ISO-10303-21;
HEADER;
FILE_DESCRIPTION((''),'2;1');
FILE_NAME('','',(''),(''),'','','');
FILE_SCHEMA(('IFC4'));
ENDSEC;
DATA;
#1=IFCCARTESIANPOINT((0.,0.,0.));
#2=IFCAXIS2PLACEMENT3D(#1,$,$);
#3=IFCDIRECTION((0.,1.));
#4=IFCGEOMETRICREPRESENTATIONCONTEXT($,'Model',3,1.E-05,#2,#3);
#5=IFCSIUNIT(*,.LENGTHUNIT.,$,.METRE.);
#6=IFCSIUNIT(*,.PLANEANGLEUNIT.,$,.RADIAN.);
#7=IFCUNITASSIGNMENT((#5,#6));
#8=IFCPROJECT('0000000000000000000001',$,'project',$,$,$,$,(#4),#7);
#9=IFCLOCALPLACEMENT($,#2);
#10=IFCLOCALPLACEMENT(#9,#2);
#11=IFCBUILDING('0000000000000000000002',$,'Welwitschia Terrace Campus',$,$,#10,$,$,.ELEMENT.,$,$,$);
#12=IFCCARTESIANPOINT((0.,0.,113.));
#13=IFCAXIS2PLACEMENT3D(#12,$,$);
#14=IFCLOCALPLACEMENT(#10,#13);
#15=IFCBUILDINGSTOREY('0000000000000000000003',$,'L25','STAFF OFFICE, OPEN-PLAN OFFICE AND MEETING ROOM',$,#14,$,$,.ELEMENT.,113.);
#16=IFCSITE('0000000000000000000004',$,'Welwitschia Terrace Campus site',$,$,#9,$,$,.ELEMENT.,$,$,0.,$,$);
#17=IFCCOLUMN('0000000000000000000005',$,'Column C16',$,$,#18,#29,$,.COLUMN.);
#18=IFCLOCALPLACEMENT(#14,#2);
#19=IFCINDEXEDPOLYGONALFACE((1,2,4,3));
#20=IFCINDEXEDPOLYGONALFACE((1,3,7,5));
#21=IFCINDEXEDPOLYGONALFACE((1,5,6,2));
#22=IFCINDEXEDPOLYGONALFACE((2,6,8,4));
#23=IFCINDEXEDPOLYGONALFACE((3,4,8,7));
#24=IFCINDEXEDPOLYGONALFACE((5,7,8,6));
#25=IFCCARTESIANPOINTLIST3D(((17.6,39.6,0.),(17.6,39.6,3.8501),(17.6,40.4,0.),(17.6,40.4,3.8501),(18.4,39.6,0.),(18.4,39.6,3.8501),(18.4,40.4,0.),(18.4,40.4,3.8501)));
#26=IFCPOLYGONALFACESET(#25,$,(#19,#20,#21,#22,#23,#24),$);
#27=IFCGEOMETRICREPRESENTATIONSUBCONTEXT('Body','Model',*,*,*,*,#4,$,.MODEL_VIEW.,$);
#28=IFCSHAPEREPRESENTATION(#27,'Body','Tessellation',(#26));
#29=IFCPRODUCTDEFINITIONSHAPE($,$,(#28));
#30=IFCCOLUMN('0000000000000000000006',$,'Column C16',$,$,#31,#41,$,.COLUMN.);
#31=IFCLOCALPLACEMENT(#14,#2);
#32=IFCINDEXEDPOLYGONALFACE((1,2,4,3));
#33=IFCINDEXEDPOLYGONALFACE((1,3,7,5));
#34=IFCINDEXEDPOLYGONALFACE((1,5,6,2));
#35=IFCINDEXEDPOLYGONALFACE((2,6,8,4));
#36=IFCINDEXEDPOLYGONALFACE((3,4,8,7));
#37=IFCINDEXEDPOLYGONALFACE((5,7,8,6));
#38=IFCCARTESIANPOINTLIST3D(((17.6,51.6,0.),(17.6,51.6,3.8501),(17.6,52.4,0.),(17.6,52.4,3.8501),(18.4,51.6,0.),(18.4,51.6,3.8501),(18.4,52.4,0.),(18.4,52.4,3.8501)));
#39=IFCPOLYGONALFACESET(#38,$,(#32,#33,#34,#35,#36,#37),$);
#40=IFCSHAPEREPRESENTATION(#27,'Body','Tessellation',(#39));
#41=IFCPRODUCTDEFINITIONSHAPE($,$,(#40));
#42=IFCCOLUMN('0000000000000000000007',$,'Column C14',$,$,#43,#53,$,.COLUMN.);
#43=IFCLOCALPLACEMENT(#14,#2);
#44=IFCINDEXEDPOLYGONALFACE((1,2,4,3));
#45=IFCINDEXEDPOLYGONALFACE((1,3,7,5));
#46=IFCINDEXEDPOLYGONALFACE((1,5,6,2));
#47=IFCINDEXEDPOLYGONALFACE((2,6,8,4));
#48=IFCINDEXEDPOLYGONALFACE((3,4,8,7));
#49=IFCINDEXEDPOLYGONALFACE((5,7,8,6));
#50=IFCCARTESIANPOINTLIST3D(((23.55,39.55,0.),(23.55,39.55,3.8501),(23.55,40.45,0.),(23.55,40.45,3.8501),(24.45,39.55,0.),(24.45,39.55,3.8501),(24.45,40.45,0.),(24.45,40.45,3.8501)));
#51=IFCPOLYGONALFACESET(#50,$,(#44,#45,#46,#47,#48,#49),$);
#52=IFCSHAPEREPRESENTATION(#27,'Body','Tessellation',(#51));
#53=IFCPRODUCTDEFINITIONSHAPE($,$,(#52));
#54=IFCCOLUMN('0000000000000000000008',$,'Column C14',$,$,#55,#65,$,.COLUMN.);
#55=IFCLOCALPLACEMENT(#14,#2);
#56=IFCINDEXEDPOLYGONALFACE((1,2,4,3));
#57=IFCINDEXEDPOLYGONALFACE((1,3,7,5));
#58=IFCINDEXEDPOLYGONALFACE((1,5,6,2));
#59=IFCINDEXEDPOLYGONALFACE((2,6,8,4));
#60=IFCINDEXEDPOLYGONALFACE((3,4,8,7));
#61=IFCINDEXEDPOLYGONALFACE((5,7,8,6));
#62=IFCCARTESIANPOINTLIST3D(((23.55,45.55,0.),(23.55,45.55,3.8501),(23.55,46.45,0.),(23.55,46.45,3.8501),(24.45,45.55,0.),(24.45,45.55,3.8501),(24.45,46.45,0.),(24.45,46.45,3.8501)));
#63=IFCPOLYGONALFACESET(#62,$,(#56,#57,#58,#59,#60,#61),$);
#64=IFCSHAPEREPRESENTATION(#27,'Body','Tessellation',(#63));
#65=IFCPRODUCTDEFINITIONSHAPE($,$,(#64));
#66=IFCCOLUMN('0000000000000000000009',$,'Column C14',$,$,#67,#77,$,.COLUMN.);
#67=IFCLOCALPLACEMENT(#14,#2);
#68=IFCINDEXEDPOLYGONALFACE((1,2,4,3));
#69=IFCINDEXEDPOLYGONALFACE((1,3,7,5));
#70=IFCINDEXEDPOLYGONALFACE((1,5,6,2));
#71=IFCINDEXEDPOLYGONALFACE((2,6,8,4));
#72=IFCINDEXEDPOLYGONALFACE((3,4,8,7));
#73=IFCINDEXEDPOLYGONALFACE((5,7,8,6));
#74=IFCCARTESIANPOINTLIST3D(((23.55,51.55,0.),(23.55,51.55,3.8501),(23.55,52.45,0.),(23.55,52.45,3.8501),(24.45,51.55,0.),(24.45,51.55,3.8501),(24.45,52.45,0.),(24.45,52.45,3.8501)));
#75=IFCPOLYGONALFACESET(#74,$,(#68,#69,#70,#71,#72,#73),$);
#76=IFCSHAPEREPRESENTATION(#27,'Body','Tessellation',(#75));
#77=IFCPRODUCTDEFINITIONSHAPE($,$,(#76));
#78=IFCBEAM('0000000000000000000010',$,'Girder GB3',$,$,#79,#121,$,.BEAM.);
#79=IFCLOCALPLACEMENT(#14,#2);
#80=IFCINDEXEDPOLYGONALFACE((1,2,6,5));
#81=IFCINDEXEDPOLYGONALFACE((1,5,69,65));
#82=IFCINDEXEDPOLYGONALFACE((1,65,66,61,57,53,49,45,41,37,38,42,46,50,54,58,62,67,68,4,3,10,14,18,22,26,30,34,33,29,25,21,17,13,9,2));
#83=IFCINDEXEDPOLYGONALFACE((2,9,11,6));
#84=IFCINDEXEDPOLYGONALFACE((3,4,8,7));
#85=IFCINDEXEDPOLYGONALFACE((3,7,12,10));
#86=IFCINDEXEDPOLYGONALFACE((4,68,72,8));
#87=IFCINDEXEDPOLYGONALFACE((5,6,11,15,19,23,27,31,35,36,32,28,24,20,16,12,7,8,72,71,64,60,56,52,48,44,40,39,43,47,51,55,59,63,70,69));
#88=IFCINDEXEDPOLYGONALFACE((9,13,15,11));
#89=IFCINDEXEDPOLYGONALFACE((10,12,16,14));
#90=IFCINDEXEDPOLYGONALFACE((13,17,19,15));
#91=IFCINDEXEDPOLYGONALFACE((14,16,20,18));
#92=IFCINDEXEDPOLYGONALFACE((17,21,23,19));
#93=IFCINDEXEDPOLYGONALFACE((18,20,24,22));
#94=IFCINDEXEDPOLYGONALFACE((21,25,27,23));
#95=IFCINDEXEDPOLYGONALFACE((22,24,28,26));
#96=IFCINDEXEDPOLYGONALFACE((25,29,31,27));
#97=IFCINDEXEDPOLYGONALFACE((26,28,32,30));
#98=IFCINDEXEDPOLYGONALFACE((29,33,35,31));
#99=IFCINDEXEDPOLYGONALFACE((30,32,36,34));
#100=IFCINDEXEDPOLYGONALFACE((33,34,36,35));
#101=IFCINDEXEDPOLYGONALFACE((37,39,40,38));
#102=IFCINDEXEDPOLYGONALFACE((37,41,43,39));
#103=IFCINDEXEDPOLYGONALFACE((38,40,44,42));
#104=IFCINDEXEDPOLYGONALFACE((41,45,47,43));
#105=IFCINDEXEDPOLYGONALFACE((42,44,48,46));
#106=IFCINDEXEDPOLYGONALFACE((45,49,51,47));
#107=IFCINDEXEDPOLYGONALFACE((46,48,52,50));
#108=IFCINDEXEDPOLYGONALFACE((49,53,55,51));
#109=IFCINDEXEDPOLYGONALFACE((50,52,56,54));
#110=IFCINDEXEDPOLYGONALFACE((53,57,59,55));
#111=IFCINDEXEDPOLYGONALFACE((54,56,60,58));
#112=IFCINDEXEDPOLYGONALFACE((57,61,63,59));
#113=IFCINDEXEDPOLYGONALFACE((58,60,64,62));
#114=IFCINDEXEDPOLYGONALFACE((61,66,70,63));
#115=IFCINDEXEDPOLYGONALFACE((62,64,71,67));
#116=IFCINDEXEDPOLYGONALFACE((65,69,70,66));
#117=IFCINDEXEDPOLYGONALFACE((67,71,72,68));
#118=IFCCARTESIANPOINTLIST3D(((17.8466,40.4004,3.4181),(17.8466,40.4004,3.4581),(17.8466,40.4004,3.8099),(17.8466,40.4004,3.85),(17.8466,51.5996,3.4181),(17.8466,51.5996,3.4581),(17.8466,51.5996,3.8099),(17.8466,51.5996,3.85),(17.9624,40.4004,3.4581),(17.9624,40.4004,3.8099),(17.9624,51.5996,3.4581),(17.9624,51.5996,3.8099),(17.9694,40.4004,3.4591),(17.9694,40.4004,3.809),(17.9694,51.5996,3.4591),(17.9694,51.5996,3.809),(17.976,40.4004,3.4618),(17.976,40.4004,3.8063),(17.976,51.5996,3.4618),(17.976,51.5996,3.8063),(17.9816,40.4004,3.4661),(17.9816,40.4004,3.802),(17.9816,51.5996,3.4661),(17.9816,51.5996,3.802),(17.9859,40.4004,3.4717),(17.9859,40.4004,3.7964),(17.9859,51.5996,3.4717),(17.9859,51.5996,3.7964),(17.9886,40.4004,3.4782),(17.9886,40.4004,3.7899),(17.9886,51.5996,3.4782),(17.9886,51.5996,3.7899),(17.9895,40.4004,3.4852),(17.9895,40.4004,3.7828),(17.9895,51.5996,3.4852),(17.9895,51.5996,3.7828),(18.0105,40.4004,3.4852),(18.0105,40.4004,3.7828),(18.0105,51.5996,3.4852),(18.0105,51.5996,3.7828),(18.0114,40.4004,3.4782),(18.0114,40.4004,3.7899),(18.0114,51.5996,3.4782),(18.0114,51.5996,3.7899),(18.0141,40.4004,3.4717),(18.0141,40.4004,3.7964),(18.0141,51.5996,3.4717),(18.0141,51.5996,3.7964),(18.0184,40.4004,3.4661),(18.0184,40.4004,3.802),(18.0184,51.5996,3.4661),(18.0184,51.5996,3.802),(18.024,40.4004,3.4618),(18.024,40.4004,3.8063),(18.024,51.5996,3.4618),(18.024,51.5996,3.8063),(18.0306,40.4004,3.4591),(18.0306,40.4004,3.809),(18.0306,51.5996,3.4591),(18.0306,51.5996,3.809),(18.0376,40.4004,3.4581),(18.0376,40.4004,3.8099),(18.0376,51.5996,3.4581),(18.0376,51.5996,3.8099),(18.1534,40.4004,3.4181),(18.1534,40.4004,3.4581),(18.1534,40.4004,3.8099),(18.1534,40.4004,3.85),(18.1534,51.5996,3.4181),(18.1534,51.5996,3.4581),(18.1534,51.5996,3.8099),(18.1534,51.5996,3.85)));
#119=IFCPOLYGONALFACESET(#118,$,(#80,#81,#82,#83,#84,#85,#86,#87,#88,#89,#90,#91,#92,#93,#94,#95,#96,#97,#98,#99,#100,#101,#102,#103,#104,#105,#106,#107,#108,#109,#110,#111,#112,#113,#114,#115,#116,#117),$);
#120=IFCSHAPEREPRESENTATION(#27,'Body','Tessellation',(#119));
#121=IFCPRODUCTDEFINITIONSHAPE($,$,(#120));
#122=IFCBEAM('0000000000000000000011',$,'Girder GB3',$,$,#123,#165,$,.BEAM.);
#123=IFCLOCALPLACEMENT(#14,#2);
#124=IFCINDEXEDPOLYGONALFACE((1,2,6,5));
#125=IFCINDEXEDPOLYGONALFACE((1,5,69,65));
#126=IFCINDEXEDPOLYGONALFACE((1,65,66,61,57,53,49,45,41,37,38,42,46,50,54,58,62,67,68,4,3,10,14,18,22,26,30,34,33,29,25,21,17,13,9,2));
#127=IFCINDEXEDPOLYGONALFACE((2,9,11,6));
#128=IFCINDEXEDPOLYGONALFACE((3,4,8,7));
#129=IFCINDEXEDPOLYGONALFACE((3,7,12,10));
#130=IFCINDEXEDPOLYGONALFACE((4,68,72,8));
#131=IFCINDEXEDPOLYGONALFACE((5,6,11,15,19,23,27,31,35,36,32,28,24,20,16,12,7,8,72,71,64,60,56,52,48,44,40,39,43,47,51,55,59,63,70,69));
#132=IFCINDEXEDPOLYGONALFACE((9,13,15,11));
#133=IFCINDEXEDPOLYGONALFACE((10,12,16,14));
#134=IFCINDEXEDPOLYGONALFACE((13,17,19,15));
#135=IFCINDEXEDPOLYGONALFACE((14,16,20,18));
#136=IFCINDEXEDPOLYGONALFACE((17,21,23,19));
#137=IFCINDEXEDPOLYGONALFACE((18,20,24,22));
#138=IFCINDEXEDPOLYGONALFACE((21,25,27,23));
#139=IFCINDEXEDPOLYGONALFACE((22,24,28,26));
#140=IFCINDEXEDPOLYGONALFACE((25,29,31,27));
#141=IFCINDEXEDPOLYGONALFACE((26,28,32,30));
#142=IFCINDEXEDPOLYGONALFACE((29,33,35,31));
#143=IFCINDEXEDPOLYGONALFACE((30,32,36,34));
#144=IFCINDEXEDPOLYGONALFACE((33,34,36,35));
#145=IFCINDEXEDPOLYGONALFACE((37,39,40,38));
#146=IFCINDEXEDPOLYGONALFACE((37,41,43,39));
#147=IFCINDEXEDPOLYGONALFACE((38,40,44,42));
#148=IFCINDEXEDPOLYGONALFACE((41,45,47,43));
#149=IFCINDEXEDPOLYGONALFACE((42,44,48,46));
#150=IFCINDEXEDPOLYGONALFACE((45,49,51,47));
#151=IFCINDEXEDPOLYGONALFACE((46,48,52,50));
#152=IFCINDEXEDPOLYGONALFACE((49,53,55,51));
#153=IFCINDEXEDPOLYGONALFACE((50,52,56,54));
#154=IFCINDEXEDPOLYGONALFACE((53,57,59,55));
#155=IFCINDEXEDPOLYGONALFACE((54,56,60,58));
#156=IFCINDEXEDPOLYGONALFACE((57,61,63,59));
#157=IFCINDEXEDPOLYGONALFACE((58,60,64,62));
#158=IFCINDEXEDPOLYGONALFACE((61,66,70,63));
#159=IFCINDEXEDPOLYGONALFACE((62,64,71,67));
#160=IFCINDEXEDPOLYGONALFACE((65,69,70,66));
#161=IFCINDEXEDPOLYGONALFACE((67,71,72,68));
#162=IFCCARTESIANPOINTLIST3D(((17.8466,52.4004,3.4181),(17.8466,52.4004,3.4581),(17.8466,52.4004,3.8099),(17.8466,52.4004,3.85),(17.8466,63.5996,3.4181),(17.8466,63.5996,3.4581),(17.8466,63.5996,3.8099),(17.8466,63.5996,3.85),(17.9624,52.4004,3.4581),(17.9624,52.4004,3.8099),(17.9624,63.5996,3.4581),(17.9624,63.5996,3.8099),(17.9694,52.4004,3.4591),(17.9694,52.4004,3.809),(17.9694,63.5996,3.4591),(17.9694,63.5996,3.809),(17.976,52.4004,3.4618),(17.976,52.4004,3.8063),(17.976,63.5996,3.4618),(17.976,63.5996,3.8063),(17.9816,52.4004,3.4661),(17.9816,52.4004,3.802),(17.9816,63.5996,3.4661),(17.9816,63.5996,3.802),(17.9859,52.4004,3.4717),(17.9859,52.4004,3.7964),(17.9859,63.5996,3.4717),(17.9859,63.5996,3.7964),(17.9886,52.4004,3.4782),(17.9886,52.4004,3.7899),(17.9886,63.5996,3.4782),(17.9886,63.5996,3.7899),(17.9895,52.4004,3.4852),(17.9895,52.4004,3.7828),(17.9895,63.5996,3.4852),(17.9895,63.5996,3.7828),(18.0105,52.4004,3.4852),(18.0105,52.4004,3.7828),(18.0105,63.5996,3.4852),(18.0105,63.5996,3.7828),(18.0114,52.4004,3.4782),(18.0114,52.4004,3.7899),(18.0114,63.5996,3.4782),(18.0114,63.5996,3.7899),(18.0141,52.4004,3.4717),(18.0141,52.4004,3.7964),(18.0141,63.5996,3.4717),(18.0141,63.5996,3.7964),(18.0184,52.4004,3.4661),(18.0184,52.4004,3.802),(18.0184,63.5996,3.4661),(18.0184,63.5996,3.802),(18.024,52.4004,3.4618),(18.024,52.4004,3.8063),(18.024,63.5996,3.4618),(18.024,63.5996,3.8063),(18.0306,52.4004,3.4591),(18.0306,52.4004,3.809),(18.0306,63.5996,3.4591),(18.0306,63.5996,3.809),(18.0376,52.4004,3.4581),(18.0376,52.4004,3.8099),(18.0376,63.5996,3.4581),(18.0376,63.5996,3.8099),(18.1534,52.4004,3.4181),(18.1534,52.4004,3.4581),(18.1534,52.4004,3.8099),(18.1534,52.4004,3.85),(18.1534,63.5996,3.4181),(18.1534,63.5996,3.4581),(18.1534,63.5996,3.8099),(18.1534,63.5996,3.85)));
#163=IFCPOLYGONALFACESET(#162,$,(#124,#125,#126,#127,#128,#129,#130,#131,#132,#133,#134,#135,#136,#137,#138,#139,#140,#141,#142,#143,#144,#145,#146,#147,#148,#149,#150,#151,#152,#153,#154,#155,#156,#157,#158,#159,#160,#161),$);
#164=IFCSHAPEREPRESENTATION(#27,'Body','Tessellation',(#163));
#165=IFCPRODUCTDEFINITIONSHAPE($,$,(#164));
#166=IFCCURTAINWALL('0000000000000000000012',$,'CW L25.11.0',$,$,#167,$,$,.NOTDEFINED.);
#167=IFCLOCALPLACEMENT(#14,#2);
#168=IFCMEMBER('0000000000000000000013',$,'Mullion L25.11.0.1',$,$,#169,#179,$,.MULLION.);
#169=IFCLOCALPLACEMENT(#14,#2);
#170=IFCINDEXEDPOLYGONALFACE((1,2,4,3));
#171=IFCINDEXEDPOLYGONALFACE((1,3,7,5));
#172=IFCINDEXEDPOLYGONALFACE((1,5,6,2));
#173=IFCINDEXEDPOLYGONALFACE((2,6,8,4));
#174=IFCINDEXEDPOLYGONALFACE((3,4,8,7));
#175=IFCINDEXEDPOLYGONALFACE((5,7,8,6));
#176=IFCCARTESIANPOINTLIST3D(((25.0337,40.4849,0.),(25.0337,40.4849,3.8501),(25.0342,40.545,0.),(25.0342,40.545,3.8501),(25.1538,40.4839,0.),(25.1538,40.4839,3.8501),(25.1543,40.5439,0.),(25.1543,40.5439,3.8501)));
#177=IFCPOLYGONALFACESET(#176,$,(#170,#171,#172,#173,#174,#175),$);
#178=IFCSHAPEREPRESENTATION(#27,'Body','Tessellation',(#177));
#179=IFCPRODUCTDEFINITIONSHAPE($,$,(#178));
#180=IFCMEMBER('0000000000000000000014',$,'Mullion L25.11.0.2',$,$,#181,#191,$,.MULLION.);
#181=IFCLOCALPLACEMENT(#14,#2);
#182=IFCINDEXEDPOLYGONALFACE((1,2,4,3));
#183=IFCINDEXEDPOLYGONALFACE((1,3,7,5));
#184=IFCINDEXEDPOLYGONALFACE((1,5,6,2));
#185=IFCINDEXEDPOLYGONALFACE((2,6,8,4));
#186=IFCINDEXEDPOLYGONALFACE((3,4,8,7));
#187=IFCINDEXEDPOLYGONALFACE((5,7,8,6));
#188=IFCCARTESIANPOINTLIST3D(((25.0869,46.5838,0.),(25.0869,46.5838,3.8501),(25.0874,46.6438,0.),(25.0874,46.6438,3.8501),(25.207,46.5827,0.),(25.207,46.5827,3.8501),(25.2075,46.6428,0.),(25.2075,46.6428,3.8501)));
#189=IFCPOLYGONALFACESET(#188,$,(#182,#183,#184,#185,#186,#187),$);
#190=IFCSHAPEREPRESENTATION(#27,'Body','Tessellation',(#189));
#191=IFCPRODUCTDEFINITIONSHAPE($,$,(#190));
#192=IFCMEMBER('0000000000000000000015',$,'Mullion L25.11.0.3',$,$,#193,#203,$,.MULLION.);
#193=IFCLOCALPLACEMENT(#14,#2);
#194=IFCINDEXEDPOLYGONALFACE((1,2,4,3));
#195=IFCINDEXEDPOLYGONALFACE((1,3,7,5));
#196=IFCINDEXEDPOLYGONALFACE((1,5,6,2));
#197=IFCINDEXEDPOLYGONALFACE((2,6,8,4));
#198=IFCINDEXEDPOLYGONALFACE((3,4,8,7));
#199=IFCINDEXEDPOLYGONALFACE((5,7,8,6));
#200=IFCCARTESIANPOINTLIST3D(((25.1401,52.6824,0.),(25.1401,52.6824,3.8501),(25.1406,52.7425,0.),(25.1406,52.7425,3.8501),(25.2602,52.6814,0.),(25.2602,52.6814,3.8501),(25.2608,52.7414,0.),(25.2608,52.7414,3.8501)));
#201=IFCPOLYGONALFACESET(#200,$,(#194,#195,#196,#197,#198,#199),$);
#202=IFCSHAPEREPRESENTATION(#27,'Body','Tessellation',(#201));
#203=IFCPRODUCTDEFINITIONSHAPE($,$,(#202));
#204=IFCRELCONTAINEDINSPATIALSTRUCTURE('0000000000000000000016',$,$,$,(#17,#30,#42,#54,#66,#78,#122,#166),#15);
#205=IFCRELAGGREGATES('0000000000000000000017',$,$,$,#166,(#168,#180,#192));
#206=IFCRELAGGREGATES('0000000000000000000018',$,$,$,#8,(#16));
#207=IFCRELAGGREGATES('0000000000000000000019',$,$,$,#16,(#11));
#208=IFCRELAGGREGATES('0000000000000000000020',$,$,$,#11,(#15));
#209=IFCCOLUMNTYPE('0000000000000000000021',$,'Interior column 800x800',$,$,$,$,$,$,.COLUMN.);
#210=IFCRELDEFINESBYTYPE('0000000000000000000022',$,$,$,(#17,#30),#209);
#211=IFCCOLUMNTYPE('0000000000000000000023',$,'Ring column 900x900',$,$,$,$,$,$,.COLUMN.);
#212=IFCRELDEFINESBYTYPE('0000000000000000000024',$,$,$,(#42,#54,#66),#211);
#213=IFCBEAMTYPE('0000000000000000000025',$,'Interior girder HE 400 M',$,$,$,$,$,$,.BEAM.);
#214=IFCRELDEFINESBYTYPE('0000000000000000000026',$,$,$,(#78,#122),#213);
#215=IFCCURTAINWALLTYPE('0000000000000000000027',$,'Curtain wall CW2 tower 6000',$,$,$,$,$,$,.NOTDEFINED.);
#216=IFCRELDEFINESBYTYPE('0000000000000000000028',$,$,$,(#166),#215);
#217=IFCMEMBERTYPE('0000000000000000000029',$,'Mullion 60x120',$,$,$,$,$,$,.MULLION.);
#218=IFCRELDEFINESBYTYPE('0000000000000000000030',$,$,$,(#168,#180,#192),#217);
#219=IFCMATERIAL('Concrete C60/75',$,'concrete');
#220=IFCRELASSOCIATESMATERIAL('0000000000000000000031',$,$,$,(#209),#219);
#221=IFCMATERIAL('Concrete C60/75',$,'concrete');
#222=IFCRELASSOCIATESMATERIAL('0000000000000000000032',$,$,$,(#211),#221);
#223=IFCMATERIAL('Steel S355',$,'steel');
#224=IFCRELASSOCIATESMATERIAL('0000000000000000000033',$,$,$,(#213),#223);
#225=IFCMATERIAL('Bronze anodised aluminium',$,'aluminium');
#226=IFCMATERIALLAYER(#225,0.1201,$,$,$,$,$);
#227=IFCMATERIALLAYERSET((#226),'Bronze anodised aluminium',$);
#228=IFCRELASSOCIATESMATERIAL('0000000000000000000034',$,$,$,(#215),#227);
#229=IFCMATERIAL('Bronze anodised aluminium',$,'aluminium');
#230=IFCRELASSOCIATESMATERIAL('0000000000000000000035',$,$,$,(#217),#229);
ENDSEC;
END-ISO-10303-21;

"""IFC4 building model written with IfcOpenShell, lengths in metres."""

from ifc_helpers import new_model, si_unit, direction, frame, origin, origin_2d, place, context, subcontext, project, spatial, rectangle, i_section, extrude, material, layer, layer_set, material_profile, profile_set, type_object, element, aggregate, save


model = new_model("IFC4")

# Units and contexts
model_context = context("Model", 3, precision=1e-05, world=origin(), true_north=direction((0.0, 1.0)))
body_context = subcontext(model_context, "Body", "Model", "MODEL_VIEW")
ifc_project = project(units=[si_unit("LENGTHUNIT", "METRE"), si_unit("PLANEANGLEUNIT", "RADIAN")], contexts=[model_context])

# Site, building, storey
site_placement = place(None, origin())
site = spatial("IfcSite", under=ifc_project, at=site_placement, Name="Welwitschia Terrace Campus site", CompositionType="ELEMENT", RefElevation=0.0)
building_placement = place(site_placement, origin())
building = spatial("IfcBuilding", under=site, at=building_placement, Name="Welwitschia Terrace Campus", CompositionType="ELEMENT")
storey_placement = place(building_placement, frame((0.0, 0.0, 113.0)))
storey = spatial("IfcBuildingStorey", under=building, at=storey_placement, Name="L25", Description="STAFF OFFICE, OPEN-PLAN OFFICE AND MEETING ROOM", CompositionType="ELEMENT", Elevation=113.0)

# Columns
ifc_material_1 = material(Name="Concrete C60/75", Category="concrete")
ifc_material_profile_1 = material_profile(ifc_material_1, rectangle(XDim=0.8, YDim=0.8, at=origin_2d()))
ifc_profile_set_1 = profile_set([ifc_material_profile_1], Name="Concrete C60/75")
column_type_1 = type_object("IfcColumnType", Name="Interior column 800x800", PredefinedType="COLUMN", material=ifc_profile_set_1)
for number, where, z_axis, x_axis, name in (
    (1, (18.0, 40.0, 0.0), (0.0, 0.0, 1.0), (1.0, 0.0, 0.0), "Column C16"),
    (2, (18.0, 52.0, 0.0), (0.0, 0.0, 1.0), (1.0, 0.0, 0.0), "Column C16"),
):
    element("IfcColumn", number, at=place(storey_placement, frame(where, z_axis=z_axis, x_axis=x_axis)), inside=storey, type_object=column_type_1, Name=name, PredefinedType="COLUMN", context=body_context, shape_type="SweptSolid", body=[
        extrude(rectangle(XDim=0.8, YDim=0.8, at=origin_2d()), origin(), (0.0, 0.0, 1.0), 3.8501),
    ])
ifc_material_2 = material(Name="Concrete C60/75", Category="concrete")
ifc_material_profile_2 = material_profile(ifc_material_2, rectangle(XDim=0.8999, YDim=0.8999, at=origin_2d()))
ifc_profile_set_2 = profile_set([ifc_material_profile_2], Name="Concrete C60/75")
column_type_2 = type_object("IfcColumnType", Name="Ring column 900x900", PredefinedType="COLUMN", material=ifc_profile_set_2)
for number, where, z_axis, x_axis, name in (
    (3, (24.0, 40.0, 0.0), (0.0, 0.0, 1.0), (1.0, 0.0, 0.0), "Column C14"),
    (4, (24.0, 46.0, 0.0), (0.0, 0.0, 1.0), (1.0, 0.0, 0.0), "Column C14"),
    (5, (24.0, 52.0, 0.0), (0.0, 0.0, 1.0), (1.0, 0.0, 0.0), "Column C14"),
):
    element("IfcColumn", number, at=place(storey_placement, frame(where, z_axis=z_axis, x_axis=x_axis)), inside=storey, type_object=column_type_2, Name=name, PredefinedType="COLUMN", context=body_context, shape_type="SweptSolid", body=[
        extrude(rectangle(XDim=0.8999, YDim=0.8999, at=origin_2d()), origin(), (0.0, 0.0, 1.0), 3.8501),
    ])

# Beams
ifc_material_3 = material(Name="Steel S355", Category="steel")
ifc_material_profile_3 = material_profile(ifc_material_3, i_section(OverallWidth=0.3069, OverallDepth=0.4319, WebThickness=0.021, FlangeThickness=0.04, FilletRadius=0.0271, at=origin_2d()))
ifc_profile_set_3 = profile_set([ifc_material_profile_3], Name="Steel S355")
beam_type_1 = type_object("IfcBeamType", Name="Interior girder HE 400 M", PredefinedType="BEAM", material=ifc_profile_set_3)
for number, where, z_axis, x_axis, name in (
    (6, (18.0, 40.4004, 3.634), (0.0, 1.0, 0.0), (-1.0, 0.0, 0.0), "Girder GB3"),
    (7, (18.0, 52.4004, 3.634), (0.0, 1.0, 0.0), (-1.0, 0.0, 0.0), "Girder GB3"),
):
    element("IfcBeam", number, at=place(storey_placement, frame(where, z_axis=z_axis, x_axis=x_axis)), inside=storey, type_object=beam_type_1, Name=name, PredefinedType="BEAM", context=body_context, shape_type="SweptSolid", body=[
        extrude(i_section(OverallWidth=0.3069, OverallDepth=0.4319, WebThickness=0.021, FlangeThickness=0.04, FilletRadius=0.0271, at=origin_2d()), origin(), (0.0, 0.0, 1.0), 11.1992),
    ])

# Curtain wall, members
ifc_material_4 = material(Name="Bronze anodised aluminium", Category="aluminium")
ifc_layer_1 = layer(ifc_material_4, 0.1201)
ifc_layer_set_1 = layer_set([ifc_layer_1], Name="Bronze anodised aluminium")
curtain_wall_type = type_object("IfcCurtainWallType", Name="Curtain wall CW2 tower 6000", PredefinedType="NOTDEFINED", material=ifc_layer_set_1)
curtain_wall_placement = place(storey_placement, origin())
curtain_wall = element("IfcCurtainWall", 8, at=curtain_wall_placement, inside=storey, type_object=curtain_wall_type, Name="CW L25.11.0", PredefinedType="NOTDEFINED")
ifc_material_5 = material(Name="Bronze anodised aluminium", Category="aluminium")
ifc_material_profile_4 = material_profile(ifc_material_5, rectangle(XDim=0.1201, YDim=0.0601, at=origin_2d()))
ifc_profile_set_4 = profile_set([ifc_material_profile_4], Name="Bronze anodised aluminium")
member_type = type_object("IfcMemberType", Name="Mullion 60x120", PredefinedType="MULLION", material=ifc_profile_set_4)
member_1_placement = place(storey_placement, frame((25.094, 40.5144, 0.0), z_axis=(0.0, 0.0, 1.0), x_axis=(-0.999962, 0.008727, 0.0)))
member_1 = element("IfcMember", 9, at=member_1_placement, type_object=member_type, Name="Mullion L25.11.0.1", PredefinedType="MULLION", context=body_context, shape_type="SweptSolid", body=[
    extrude(rectangle(XDim=0.1201, YDim=0.0601, at=origin_2d()), origin(), (0.0, 0.0, 1.0), 3.8501),
])
member_2_placement = place(storey_placement, frame((25.1472, 46.6133, 0.0), z_axis=(0.0, 0.0, 1.0), x_axis=(-0.999962, 0.008727, 0.0)))
member_2 = element("IfcMember", 10, at=member_2_placement, type_object=member_type, Name="Mullion L25.11.0.2", PredefinedType="MULLION", context=body_context, shape_type="SweptSolid", body=[
    extrude(rectangle(XDim=0.1201, YDim=0.0601, at=origin_2d()), origin(), (0.0, 0.0, 1.0), 3.8501),
])
member_3_placement = place(storey_placement, frame((25.2004, 52.7119, 0.0), z_axis=(0.0, 0.0, 1.0), x_axis=(-0.999962, 0.008727, 0.0)))
member_3 = element("IfcMember", 11, at=member_3_placement, type_object=member_type, Name="Mullion L25.11.0.3", PredefinedType="MULLION", context=body_context, shape_type="SweptSolid", body=[
    extrude(rectangle(XDim=0.1201, YDim=0.0601, at=origin_2d()), origin(), (0.0, 0.0, 1.0), 3.8501),
])

aggregate(curtain_wall, [member_1, member_2, member_3])

save(model, "model.ifc")
